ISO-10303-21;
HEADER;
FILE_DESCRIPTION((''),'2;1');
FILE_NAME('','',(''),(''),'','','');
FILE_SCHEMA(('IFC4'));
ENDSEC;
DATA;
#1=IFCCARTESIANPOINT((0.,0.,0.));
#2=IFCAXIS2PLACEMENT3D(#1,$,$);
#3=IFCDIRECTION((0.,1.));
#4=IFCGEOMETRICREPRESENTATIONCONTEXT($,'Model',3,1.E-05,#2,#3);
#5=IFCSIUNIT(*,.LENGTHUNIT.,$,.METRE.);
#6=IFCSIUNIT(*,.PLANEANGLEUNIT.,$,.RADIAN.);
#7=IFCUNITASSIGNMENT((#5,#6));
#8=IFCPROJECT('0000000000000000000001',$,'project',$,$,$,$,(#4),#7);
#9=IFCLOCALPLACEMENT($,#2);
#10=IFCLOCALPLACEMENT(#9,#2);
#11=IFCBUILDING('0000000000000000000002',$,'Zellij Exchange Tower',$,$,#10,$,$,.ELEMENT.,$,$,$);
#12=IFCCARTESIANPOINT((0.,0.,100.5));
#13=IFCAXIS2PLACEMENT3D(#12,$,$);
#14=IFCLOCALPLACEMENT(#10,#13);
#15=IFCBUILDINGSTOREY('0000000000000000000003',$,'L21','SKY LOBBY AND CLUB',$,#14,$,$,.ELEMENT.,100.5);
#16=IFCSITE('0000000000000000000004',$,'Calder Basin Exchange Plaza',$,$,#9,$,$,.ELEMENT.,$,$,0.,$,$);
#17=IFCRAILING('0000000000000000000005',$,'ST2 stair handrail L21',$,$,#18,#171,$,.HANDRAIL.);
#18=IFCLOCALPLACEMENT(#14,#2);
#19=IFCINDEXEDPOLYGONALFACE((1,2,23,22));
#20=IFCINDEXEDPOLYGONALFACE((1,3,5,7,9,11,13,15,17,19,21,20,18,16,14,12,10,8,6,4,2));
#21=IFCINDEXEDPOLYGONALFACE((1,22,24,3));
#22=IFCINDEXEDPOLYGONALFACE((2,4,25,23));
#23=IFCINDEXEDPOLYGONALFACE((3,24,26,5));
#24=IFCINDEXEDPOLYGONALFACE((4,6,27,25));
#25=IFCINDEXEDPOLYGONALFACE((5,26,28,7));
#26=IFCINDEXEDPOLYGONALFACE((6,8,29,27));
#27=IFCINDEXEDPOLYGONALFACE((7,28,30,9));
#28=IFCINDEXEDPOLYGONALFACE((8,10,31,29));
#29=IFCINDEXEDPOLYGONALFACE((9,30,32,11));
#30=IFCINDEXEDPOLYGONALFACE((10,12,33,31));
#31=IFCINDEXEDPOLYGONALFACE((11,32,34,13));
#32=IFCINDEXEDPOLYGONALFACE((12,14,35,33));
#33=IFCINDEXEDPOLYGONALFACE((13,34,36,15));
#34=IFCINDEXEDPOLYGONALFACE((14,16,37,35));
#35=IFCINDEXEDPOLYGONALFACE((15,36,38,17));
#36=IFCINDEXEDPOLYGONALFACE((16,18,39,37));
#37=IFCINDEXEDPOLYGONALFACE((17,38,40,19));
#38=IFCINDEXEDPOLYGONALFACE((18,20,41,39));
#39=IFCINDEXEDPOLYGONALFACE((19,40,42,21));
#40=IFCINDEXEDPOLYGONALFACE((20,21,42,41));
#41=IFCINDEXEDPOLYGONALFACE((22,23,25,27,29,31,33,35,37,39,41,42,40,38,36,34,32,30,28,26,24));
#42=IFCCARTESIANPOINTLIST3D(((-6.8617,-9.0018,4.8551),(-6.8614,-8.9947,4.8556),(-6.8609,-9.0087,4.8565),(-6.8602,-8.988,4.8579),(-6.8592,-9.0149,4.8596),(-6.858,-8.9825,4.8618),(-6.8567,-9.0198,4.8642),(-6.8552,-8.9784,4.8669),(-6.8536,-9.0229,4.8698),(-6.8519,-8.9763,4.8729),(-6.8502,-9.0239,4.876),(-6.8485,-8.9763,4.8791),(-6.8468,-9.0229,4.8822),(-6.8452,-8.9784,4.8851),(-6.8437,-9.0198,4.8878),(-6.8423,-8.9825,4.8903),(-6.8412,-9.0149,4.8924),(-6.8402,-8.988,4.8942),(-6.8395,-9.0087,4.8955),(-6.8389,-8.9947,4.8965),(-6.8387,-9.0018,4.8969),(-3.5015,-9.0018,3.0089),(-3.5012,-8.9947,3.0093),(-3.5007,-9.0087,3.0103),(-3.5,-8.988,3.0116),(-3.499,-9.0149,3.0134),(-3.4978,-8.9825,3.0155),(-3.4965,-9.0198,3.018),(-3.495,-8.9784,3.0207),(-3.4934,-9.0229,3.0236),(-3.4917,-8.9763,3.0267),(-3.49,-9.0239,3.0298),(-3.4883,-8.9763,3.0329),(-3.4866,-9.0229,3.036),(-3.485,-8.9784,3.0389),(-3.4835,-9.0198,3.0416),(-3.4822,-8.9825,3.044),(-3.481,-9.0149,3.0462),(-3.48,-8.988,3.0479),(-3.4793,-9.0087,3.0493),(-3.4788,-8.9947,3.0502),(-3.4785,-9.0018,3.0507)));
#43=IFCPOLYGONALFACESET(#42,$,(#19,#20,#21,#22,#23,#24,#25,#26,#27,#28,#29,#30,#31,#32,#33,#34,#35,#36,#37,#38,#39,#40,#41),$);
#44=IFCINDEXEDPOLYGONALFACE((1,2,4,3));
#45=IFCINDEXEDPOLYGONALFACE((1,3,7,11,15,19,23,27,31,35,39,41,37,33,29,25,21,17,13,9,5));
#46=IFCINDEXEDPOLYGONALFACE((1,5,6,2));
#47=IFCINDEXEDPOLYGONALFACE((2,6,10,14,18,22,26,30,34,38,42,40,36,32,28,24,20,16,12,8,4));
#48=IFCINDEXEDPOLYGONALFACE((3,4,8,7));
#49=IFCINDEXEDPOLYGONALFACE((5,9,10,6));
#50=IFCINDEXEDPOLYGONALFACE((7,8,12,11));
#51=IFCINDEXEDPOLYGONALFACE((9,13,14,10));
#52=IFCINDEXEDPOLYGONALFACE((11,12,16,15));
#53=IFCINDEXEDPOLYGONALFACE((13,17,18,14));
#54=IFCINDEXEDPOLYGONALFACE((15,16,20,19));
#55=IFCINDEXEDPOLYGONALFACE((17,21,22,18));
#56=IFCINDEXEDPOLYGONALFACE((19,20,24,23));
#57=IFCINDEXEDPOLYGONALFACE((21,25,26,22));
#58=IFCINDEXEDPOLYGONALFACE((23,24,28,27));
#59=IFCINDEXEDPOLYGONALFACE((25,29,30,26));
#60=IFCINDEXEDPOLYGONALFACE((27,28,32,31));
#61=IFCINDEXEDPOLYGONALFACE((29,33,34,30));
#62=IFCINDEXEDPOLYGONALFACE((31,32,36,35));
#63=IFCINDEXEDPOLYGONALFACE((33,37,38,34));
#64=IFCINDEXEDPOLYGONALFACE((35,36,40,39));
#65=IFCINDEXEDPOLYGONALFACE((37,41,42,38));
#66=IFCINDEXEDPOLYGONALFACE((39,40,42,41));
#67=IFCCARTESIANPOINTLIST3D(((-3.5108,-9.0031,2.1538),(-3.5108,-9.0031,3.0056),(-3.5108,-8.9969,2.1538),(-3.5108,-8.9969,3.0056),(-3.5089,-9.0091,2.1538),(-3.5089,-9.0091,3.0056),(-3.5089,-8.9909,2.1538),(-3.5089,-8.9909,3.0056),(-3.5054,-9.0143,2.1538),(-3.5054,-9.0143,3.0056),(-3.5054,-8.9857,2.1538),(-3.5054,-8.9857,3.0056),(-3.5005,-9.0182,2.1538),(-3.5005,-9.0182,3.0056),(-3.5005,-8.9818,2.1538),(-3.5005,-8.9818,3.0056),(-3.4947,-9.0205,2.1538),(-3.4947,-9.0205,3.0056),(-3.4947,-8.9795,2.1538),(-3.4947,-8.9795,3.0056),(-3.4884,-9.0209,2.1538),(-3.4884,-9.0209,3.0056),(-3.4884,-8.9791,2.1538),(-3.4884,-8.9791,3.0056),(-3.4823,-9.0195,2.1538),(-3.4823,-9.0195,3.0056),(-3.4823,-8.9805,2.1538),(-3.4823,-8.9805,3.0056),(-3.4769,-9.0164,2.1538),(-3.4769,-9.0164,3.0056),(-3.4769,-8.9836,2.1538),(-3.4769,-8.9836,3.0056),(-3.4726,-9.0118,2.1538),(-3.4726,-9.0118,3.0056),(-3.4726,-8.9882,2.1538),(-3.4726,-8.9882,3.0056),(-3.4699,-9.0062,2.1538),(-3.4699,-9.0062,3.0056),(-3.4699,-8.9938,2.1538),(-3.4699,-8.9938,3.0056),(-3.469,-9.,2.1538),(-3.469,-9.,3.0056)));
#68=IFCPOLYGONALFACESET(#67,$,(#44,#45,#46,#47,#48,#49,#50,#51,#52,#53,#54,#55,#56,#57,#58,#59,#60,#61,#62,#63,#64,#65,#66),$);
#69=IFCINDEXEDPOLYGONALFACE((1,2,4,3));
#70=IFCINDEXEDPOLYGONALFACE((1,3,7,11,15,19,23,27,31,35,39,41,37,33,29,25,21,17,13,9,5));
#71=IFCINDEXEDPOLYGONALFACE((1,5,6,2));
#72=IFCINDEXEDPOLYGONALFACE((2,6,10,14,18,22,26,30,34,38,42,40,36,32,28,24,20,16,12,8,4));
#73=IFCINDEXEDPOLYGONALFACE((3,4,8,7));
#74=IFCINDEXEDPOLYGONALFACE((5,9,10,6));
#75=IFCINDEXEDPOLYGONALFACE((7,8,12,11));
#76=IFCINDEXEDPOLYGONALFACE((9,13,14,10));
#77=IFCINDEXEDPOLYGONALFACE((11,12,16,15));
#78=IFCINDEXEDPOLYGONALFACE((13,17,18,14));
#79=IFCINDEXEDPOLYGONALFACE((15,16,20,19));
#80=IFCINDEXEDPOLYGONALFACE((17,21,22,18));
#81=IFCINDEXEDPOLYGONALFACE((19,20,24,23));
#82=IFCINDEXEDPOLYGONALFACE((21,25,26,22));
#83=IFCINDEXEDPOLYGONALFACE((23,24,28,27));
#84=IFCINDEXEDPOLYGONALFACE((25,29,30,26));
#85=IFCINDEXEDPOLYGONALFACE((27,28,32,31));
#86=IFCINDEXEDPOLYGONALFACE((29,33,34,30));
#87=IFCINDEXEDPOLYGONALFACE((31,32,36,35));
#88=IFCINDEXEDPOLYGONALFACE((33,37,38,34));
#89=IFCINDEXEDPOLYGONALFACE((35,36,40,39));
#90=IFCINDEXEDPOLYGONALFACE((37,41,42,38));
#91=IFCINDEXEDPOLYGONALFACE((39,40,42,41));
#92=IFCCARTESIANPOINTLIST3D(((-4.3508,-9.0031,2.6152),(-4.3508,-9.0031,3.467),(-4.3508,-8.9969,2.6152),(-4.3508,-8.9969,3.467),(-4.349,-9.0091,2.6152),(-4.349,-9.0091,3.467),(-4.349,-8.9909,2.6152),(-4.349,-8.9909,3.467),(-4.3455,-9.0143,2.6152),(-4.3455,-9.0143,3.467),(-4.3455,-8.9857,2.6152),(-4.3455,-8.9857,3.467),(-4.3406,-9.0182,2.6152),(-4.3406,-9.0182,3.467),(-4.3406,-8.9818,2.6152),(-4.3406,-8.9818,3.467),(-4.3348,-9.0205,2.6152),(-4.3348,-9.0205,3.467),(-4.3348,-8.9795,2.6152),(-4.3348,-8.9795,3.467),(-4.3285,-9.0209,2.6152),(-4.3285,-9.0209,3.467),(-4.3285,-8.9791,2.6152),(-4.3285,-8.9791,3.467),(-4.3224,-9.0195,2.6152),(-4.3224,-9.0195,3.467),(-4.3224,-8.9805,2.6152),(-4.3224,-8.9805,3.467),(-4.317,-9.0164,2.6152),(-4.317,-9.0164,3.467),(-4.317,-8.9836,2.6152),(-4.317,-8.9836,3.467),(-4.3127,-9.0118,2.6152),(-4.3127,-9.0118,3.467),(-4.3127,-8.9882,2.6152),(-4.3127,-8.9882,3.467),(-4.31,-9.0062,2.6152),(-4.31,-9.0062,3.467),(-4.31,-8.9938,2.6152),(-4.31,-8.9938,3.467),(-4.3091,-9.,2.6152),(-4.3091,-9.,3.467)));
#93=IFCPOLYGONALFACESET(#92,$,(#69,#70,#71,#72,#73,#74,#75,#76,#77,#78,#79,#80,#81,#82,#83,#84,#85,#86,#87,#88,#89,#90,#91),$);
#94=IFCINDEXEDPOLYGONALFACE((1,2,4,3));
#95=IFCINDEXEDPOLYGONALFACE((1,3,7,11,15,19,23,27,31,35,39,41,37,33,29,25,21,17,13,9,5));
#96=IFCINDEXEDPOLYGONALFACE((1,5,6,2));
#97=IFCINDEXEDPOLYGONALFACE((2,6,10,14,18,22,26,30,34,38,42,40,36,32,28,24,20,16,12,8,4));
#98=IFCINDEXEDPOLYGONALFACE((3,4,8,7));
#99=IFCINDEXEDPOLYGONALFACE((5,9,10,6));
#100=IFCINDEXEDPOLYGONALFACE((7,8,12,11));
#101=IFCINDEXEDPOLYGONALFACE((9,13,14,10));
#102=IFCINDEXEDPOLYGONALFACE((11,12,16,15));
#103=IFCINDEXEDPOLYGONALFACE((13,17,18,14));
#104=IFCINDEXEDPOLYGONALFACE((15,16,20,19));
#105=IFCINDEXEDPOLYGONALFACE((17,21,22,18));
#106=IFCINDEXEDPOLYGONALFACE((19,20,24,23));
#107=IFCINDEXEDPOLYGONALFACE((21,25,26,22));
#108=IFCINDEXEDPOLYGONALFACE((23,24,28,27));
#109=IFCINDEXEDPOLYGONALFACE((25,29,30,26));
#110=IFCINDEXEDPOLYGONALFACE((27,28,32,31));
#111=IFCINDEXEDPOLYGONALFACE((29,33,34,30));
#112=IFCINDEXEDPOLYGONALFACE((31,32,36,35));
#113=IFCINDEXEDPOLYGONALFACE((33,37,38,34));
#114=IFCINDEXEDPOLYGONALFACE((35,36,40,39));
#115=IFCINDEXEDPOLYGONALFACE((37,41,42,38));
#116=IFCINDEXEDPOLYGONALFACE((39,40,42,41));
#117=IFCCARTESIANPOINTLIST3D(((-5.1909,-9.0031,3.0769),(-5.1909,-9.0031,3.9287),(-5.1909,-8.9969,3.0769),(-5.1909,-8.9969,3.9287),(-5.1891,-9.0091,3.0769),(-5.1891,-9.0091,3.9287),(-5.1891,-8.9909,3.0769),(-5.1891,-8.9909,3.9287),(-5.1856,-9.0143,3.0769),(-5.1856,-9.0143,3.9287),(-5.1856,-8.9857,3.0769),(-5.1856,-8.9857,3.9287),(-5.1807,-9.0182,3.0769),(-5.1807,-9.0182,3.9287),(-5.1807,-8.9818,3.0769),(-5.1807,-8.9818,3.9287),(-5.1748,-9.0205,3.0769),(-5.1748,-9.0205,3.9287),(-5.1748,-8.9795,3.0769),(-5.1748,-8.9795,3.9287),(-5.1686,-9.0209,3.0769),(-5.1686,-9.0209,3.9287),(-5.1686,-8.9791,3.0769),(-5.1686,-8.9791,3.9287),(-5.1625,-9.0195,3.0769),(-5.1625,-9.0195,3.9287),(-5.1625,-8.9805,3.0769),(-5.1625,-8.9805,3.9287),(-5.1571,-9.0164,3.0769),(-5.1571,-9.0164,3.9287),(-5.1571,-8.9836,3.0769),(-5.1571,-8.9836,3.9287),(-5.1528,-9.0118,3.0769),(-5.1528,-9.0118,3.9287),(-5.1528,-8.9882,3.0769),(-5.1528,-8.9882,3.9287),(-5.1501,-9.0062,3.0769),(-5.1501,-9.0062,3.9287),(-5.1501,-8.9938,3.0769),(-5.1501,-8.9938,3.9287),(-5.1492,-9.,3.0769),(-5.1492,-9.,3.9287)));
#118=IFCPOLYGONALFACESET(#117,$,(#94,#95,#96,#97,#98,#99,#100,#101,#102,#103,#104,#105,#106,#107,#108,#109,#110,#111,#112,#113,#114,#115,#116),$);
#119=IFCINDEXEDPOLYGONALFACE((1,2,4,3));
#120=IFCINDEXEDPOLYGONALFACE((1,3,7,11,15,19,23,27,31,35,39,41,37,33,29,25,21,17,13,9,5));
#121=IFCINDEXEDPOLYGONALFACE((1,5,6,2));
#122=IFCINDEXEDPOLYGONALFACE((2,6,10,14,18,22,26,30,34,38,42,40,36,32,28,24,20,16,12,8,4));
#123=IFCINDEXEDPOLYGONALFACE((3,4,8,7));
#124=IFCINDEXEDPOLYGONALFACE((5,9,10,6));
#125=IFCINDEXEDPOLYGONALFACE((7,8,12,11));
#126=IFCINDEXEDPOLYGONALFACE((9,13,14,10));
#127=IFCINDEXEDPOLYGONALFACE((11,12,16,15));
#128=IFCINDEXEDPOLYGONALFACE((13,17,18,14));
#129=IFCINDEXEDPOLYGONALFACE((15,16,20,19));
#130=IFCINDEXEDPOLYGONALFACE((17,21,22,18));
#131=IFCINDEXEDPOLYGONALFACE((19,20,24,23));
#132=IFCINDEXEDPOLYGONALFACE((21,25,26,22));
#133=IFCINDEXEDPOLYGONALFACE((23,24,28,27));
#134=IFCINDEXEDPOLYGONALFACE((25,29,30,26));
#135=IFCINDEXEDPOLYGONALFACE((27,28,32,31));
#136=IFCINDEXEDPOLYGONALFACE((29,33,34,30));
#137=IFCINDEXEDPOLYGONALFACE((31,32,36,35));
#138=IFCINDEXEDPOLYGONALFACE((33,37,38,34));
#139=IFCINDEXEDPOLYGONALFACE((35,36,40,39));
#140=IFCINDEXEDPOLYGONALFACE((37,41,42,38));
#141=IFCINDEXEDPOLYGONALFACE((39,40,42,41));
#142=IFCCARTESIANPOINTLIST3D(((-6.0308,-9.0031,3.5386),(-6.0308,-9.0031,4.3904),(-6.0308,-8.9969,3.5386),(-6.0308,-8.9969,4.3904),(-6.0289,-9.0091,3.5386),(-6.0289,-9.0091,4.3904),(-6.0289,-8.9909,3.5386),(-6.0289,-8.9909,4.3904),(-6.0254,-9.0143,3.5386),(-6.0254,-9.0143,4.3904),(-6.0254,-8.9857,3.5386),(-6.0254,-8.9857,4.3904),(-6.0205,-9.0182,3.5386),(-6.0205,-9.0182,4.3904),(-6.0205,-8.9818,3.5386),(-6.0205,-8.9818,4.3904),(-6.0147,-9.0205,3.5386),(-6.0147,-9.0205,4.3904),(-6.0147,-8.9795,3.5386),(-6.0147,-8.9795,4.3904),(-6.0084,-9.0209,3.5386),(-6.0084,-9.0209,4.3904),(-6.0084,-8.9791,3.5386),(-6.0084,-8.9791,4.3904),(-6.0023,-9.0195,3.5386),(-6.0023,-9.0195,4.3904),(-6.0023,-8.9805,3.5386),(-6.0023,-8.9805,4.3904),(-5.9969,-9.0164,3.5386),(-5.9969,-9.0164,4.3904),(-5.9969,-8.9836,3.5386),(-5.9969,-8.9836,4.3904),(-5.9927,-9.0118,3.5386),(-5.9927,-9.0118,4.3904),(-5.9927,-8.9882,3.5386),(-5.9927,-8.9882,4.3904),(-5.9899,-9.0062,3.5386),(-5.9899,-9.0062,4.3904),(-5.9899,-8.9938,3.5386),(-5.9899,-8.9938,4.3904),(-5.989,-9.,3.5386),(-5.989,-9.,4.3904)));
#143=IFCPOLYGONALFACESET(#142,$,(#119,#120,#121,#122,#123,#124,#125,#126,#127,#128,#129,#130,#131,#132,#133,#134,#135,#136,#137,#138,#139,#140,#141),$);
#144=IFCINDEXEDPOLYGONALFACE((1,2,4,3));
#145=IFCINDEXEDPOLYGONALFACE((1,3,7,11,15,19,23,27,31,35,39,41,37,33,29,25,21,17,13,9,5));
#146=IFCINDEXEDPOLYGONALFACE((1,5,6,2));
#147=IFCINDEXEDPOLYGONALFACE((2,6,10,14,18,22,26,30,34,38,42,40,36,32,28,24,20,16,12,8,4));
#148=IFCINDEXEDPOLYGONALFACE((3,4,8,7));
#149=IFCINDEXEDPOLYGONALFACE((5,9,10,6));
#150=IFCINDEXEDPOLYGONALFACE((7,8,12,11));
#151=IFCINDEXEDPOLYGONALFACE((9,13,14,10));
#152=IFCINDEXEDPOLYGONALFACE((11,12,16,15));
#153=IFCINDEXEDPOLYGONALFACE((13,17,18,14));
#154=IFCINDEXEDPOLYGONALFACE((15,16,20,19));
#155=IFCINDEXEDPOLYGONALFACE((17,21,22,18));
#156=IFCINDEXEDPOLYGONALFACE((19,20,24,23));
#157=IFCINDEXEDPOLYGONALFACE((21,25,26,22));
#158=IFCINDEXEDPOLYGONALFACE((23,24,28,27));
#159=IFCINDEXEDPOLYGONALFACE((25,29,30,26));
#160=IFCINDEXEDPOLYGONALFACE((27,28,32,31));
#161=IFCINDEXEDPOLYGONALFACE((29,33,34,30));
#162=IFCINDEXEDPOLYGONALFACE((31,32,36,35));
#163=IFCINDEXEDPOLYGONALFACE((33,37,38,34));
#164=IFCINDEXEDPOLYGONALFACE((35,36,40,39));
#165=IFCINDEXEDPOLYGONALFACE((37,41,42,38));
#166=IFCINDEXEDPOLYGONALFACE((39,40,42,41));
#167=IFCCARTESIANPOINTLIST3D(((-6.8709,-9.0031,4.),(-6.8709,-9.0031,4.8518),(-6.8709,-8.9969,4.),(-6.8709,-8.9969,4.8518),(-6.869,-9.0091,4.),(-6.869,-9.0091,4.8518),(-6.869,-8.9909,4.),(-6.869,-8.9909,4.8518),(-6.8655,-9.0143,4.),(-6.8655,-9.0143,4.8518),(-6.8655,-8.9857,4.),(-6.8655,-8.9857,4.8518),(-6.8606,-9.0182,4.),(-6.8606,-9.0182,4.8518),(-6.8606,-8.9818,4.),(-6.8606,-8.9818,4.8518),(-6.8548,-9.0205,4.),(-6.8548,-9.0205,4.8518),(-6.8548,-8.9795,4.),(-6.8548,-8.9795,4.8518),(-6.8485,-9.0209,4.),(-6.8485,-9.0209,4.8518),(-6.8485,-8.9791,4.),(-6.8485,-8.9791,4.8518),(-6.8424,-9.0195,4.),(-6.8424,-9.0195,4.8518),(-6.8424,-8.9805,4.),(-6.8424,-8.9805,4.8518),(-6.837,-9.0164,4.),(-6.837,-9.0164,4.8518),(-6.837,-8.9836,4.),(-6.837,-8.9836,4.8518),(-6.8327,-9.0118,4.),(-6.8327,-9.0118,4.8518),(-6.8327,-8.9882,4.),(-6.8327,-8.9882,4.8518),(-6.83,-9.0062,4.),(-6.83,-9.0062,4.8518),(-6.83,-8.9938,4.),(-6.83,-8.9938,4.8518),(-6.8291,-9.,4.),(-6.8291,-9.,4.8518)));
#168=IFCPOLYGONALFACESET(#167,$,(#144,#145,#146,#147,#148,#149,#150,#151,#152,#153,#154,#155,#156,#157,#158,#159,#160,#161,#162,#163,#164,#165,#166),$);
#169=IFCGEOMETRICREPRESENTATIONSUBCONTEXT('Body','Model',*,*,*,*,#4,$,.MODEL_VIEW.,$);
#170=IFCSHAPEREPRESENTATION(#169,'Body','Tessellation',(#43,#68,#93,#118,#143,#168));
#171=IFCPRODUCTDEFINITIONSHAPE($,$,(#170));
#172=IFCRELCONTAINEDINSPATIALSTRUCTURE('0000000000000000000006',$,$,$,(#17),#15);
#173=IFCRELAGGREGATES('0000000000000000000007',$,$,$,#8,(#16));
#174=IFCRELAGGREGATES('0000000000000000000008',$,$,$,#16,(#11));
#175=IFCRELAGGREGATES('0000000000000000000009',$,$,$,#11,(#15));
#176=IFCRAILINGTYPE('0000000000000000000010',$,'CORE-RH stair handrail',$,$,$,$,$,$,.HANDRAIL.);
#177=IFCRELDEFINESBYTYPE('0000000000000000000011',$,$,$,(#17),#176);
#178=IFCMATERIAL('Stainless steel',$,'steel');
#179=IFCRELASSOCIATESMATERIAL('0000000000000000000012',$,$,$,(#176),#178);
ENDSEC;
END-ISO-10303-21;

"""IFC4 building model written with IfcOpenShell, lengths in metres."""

from ifc_helpers import new_model, si_unit, direction, frame, origin, origin_2d, place, context, subcontext, project, spatial, circle, extrude, material, type_object, element, save


model = new_model("IFC4")

# Units and contexts
model_context = context("Model", 3, precision=1e-05, world=origin(), true_north=direction((0.0, 1.0)))
body_context = subcontext(model_context, "Body", "Model", "MODEL_VIEW")
ifc_project = project(units=[si_unit("LENGTHUNIT", "METRE"), si_unit("PLANEANGLEUNIT", "RADIAN")], contexts=[model_context])

# Site, building, storey
site_placement = place(None, origin())
site = spatial("IfcSite", under=ifc_project, at=site_placement, Name="Calder Basin Exchange Plaza", CompositionType="ELEMENT", RefElevation=0.0)
building_placement = place(site_placement, origin())
building = spatial("IfcBuilding", under=site, at=building_placement, Name="Zellij Exchange Tower", CompositionType="ELEMENT")
storey_placement = place(building_placement, frame((0.0, 0.0, 100.5)))
storey = spatial("IfcBuildingStorey", under=building, at=storey_placement, Name="L21", Description="SKY LOBBY AND CLUB", CompositionType="ELEMENT", Elevation=100.5)

# Railing
ifc_material_1 = material(Name="Stainless steel", Category="steel")
railing_type_1 = type_object("IfcRailingType", Name="CORE-RH stair handrail", PredefinedType="HANDRAIL", material=ifc_material_1)
railing_1_placement = place(storey_placement, frame((-3.49, -9.0, 2.1538)))
element("IfcRailing", 1, at=railing_1_placement, inside=storey, type_object=railing_type_1, Name="ST2 stair handrail L21", PredefinedType="HANDRAIL", context=body_context, shape_type="SweptSolid", body=[
    extrude(circle(Radius=0.0239, at=origin_2d()), frame((0.0, 0.0, 0.876), z_axis=(-0.876422, 0.0, 0.481545), x_axis=(0.0, -1.0, 0.0)), (0.0, 0.0, 1.0), 3.834),
    extrude(circle(Radius=0.021, at=origin_2d()), origin(), (0.0, 0.0, 1.0), 0.8518),
    extrude(circle(Radius=0.021, at=origin_2d()), frame((-0.8401, 0.0, 0.4614)), (0.0, 0.0, 1.0), 0.8518),
    extrude(circle(Radius=0.021, at=origin_2d()), frame((-1.6802, 0.0, 0.9231)), (0.0, 0.0, 1.0), 0.8518),
    extrude(circle(Radius=0.021, at=origin_2d()), frame((-2.52, 0.0, 1.3848)), (0.0, 0.0, 1.0), 0.8518),
    extrude(circle(Radius=0.021, at=origin_2d()), frame((-3.3601, 0.0, 1.8462)), (0.0, 0.0, 1.0), 0.8518),
])

save(model, "model.ifc")
